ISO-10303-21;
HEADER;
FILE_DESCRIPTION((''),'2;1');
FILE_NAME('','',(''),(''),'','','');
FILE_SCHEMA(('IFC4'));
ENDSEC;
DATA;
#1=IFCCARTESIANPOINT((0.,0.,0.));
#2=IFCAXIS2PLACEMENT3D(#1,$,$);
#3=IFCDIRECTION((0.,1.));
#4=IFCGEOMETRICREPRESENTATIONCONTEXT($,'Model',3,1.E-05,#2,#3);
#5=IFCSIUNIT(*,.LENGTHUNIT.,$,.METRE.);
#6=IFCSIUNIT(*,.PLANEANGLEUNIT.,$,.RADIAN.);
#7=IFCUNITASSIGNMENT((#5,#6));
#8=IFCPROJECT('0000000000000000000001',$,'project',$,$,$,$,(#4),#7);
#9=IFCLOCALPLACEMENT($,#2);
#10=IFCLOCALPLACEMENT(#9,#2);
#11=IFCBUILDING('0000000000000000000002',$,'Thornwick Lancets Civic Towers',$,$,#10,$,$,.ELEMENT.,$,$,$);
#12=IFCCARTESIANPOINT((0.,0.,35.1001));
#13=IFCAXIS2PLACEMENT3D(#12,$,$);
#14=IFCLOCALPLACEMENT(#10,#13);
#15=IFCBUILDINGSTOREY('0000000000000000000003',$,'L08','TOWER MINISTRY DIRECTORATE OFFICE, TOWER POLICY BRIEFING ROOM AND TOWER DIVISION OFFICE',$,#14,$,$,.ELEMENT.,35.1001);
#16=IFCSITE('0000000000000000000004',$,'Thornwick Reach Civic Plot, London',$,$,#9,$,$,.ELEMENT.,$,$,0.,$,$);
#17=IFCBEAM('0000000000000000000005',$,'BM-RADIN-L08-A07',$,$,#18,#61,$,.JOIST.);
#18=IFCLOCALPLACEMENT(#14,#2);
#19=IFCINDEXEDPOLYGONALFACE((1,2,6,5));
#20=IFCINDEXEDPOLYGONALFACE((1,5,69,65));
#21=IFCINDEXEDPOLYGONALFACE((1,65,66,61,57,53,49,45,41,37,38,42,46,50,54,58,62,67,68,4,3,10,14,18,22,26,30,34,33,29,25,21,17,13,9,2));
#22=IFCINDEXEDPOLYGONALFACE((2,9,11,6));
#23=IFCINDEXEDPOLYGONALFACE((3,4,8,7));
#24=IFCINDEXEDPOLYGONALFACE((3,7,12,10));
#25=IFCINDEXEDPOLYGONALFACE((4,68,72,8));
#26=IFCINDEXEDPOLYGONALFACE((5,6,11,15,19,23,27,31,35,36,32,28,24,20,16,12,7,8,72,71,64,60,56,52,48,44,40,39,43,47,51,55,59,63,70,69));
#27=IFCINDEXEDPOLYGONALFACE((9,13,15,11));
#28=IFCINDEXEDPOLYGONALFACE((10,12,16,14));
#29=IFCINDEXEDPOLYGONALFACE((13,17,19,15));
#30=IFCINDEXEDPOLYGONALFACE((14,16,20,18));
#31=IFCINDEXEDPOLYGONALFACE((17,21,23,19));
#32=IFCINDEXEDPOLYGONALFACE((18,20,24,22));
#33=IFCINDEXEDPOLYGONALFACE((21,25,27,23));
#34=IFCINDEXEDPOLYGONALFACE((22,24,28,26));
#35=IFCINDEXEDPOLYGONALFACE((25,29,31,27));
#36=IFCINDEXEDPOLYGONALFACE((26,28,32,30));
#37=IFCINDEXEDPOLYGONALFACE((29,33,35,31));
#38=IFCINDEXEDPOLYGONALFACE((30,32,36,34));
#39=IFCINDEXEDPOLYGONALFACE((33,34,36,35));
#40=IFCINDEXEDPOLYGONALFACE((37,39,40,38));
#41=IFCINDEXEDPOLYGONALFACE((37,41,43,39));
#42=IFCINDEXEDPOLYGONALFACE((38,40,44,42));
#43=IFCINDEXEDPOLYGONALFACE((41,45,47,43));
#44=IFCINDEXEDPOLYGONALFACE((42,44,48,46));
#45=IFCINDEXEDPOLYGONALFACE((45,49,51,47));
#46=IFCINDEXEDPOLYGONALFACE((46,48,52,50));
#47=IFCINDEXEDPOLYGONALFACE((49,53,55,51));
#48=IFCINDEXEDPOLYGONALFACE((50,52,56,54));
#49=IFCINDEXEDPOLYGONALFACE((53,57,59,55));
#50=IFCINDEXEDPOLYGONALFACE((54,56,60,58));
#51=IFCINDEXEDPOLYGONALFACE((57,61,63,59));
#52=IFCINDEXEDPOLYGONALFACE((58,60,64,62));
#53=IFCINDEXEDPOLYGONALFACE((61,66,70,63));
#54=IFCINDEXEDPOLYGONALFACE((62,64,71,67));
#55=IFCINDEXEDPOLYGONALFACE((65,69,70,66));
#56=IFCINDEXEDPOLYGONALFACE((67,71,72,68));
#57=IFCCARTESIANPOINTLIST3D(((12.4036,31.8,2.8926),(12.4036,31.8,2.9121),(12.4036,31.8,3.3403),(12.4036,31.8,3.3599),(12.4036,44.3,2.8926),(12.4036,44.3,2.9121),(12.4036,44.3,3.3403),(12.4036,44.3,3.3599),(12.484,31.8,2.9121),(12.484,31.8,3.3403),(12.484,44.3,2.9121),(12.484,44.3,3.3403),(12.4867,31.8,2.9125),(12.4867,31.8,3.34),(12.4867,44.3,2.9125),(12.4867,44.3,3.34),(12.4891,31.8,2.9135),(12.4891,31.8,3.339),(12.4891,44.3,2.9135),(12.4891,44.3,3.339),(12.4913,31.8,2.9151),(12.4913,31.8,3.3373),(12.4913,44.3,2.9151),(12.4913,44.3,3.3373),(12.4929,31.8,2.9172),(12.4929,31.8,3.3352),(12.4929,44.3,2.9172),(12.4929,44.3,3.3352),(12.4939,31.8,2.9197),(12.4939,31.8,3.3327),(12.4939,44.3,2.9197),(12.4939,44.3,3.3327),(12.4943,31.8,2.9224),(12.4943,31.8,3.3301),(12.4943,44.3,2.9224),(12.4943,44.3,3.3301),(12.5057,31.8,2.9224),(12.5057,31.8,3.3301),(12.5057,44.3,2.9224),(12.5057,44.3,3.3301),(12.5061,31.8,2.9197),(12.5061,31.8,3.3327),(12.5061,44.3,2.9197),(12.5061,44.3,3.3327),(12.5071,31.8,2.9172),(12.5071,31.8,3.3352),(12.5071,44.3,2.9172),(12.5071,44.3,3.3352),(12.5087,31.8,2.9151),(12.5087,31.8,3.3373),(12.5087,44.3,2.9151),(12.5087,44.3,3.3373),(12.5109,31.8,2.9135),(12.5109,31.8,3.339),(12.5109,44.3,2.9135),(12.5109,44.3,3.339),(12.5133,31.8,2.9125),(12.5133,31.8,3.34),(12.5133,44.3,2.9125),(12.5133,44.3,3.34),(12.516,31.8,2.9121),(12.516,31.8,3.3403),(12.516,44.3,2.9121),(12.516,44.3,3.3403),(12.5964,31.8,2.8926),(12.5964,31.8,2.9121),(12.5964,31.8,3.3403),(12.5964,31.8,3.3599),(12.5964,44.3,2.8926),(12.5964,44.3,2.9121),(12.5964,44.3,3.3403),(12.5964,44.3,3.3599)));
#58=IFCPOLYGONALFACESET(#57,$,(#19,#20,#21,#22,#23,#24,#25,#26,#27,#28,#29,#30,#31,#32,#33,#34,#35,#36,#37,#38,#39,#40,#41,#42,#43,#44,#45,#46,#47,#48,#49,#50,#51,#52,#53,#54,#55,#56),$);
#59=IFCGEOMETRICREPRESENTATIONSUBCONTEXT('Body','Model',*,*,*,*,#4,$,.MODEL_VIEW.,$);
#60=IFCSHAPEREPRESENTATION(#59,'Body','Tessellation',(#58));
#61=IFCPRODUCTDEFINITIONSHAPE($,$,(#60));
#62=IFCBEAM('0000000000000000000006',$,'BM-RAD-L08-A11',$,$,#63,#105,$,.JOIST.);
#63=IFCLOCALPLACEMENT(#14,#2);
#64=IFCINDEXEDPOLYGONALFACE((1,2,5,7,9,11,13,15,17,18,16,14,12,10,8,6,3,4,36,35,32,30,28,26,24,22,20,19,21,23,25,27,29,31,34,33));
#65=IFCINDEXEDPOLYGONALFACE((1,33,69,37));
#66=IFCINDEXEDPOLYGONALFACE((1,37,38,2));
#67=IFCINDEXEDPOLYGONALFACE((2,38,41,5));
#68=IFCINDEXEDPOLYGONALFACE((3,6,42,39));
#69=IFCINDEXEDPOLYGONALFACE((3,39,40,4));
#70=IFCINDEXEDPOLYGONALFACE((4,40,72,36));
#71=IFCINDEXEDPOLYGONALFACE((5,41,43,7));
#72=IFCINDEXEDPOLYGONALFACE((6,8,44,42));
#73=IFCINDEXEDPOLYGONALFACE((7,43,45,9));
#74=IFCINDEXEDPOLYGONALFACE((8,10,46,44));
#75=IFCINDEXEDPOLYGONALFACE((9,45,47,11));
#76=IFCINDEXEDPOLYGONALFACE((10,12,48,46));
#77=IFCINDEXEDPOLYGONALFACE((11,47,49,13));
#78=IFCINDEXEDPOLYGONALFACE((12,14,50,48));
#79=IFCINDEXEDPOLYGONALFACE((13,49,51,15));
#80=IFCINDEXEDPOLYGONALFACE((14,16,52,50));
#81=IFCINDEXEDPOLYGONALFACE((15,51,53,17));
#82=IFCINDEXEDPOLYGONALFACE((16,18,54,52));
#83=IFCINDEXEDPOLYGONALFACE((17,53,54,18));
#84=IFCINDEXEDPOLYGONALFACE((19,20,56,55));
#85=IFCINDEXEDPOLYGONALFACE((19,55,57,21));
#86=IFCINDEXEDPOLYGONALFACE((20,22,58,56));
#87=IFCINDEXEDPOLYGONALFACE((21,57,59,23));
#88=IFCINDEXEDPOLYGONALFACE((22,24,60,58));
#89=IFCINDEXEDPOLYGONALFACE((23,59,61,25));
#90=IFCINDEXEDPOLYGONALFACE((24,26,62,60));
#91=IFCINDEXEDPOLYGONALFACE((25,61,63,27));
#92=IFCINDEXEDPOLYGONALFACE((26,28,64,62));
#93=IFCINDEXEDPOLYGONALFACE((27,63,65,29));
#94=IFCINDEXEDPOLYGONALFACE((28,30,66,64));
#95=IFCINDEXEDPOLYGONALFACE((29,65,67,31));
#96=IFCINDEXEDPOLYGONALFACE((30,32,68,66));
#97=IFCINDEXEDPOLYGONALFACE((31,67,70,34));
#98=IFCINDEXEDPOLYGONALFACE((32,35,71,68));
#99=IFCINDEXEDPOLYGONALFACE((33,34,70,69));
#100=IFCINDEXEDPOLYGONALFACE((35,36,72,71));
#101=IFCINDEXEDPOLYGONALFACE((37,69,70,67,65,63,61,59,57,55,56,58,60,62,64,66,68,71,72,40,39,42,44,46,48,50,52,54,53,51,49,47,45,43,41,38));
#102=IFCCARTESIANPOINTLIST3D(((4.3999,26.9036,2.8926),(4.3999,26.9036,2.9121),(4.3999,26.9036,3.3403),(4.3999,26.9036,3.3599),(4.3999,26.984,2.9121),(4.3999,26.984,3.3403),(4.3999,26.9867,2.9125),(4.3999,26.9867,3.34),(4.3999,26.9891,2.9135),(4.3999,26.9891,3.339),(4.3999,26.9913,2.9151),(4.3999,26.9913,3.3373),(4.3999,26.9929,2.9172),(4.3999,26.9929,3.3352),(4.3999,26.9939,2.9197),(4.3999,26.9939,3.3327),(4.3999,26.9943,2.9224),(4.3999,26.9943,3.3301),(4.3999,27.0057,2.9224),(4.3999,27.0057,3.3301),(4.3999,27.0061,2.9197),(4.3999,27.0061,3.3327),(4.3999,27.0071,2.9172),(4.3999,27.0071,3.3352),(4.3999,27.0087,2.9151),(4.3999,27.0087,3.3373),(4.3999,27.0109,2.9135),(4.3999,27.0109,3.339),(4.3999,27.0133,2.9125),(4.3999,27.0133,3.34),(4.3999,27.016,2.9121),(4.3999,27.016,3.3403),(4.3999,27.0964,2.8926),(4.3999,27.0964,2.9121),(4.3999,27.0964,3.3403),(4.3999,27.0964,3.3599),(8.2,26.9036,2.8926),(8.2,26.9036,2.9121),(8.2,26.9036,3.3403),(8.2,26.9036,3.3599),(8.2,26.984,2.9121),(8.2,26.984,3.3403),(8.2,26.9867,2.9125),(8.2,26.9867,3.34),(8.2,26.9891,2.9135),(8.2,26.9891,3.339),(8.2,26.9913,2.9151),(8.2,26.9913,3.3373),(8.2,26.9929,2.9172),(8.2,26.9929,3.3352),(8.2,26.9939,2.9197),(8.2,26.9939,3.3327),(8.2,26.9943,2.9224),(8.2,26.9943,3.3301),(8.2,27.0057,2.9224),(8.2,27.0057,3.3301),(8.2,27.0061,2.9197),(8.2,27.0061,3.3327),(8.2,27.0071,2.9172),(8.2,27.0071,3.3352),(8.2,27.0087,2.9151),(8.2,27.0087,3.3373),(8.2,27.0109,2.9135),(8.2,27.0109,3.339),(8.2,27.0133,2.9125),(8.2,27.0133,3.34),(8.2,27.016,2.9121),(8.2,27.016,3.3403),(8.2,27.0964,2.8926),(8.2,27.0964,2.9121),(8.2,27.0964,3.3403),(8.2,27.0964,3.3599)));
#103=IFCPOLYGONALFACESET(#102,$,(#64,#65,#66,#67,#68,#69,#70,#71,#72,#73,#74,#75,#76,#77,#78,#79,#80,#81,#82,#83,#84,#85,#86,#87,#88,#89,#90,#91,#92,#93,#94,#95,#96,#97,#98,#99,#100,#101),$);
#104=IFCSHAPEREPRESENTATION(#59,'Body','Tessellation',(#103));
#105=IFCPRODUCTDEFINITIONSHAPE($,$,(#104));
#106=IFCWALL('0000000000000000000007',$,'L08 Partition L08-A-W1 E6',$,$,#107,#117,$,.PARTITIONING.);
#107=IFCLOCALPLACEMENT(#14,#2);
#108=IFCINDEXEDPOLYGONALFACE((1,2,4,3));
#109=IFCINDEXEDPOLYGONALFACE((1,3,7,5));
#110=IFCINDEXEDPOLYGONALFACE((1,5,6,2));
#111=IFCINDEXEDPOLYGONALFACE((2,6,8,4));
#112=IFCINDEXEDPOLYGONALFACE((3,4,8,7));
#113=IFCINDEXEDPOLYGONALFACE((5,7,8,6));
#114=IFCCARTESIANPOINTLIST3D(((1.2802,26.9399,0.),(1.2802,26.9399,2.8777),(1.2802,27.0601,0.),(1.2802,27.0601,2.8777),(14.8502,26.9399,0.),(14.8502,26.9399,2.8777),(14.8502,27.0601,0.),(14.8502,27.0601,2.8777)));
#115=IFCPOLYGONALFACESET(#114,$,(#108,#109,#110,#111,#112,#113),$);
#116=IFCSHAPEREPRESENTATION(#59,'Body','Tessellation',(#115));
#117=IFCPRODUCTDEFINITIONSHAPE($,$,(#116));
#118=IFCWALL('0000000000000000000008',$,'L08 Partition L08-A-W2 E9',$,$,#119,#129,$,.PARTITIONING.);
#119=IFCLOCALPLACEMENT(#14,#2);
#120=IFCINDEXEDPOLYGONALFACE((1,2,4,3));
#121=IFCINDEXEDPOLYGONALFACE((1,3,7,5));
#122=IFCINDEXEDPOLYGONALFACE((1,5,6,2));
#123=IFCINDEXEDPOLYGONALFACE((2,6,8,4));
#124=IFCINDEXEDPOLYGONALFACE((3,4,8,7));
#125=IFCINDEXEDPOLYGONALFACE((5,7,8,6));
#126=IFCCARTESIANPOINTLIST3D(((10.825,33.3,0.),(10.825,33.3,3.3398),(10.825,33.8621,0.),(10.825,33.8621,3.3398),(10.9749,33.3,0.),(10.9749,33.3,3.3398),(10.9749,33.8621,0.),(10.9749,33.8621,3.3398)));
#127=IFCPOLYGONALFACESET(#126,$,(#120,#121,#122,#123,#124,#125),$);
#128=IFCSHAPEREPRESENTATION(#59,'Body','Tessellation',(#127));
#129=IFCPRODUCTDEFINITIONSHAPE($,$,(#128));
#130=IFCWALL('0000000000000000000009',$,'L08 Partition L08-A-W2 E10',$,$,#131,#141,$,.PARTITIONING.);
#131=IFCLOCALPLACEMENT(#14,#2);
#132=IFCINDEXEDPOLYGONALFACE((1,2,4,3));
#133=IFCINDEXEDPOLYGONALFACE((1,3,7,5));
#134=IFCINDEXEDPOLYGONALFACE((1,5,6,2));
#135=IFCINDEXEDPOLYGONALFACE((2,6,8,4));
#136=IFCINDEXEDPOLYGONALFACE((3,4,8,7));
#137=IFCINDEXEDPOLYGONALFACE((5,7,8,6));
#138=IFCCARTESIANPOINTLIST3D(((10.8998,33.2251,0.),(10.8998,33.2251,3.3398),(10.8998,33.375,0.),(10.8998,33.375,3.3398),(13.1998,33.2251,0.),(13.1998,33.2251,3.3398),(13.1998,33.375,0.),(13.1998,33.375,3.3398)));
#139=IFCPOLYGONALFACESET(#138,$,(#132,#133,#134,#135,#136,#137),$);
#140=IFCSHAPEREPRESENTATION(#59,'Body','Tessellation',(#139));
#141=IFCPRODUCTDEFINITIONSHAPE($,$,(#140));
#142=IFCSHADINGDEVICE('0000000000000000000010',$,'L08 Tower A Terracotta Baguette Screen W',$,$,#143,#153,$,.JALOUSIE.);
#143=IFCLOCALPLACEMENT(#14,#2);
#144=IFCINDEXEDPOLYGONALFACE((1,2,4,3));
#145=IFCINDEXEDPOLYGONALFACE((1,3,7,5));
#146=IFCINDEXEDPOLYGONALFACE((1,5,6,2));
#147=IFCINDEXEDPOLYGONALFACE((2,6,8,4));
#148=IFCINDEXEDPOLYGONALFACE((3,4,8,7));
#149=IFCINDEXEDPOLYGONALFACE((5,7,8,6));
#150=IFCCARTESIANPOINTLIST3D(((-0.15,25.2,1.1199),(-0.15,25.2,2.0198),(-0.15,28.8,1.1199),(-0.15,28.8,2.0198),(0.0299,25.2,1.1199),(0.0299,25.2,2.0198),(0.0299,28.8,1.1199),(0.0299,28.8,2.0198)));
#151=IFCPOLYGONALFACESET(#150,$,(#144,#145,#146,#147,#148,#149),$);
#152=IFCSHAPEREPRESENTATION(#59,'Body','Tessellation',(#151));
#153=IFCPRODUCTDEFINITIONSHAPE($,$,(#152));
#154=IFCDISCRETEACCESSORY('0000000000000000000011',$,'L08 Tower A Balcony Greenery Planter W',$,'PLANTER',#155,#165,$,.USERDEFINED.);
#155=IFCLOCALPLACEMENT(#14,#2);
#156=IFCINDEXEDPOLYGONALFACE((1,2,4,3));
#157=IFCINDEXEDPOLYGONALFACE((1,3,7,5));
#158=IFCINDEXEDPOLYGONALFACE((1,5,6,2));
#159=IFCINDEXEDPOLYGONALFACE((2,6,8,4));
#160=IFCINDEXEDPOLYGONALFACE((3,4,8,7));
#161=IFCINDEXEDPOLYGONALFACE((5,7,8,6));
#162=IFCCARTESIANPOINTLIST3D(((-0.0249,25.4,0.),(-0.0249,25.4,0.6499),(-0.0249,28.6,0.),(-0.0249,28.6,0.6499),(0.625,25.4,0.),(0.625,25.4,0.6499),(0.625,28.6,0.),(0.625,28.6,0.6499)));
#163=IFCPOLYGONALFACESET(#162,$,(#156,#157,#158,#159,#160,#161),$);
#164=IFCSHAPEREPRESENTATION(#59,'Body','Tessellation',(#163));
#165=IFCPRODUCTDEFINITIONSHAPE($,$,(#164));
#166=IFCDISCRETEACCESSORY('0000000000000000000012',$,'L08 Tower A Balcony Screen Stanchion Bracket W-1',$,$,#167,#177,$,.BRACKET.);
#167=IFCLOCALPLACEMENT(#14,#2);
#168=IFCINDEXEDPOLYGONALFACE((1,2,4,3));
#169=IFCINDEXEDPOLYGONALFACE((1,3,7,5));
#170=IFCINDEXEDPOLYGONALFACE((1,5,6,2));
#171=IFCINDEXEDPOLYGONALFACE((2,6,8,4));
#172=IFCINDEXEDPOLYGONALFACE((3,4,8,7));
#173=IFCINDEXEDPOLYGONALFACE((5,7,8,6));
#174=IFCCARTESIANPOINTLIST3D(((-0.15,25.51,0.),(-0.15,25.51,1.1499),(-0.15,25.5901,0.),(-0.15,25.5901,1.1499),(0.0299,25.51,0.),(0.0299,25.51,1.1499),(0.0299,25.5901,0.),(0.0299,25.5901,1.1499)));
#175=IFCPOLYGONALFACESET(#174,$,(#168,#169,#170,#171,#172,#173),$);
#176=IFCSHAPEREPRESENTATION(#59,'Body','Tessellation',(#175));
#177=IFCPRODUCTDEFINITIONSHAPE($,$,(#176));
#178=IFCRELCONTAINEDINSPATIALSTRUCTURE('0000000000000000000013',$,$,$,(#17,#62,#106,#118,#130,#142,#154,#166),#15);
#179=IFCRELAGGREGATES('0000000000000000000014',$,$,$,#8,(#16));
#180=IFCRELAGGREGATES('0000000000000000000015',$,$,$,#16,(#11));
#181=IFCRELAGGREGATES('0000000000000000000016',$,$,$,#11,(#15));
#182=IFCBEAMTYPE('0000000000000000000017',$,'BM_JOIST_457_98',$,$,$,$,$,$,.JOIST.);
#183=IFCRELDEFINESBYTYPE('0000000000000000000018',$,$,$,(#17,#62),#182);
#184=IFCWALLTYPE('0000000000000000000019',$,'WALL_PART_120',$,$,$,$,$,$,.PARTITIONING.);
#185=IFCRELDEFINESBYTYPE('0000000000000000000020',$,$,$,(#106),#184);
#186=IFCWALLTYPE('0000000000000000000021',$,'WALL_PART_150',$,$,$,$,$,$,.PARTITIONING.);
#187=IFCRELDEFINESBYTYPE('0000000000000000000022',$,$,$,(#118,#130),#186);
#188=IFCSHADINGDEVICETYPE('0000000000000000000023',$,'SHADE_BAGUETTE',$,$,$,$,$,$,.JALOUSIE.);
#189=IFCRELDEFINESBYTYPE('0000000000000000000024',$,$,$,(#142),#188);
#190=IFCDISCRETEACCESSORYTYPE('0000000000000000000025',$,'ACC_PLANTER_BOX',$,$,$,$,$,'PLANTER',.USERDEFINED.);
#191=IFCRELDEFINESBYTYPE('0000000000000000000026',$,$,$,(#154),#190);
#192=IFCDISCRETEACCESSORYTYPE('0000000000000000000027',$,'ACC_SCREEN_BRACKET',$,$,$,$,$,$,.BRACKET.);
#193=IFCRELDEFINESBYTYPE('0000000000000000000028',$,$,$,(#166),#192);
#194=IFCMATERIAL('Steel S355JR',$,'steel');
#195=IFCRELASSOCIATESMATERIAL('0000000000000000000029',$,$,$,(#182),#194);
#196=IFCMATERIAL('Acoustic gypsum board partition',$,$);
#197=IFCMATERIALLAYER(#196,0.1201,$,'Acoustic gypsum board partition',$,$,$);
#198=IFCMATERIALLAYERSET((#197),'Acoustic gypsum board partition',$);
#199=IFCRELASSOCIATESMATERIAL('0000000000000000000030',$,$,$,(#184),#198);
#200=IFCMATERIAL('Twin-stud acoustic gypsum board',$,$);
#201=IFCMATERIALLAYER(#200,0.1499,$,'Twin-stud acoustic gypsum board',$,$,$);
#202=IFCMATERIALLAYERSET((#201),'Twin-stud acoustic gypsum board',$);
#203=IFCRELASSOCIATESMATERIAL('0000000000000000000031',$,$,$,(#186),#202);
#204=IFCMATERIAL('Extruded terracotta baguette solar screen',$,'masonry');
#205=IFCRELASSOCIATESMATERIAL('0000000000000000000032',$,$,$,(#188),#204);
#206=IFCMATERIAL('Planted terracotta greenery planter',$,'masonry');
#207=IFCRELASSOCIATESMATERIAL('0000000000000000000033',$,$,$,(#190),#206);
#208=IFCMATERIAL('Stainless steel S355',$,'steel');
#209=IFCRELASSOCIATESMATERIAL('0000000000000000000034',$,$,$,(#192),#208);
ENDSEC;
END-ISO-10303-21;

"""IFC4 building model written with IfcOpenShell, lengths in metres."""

from ifc_helpers import new_model, si_unit, direction, frame, frame_2d, origin, origin_2d, place, context, subcontext, project, spatial, rectangle, i_section, extrude, material, layer, layer_set, material_profile, profile_set, type_object, element, save


model = new_model("IFC4")

# Units and contexts
model_context = context("Model", 3, precision=1e-05, world=origin(), true_north=direction((0.0, 1.0)))
body_context = subcontext(model_context, "Body", "Model", "MODEL_VIEW")
ifc_project = project(units=[si_unit("LENGTHUNIT", "METRE"), si_unit("PLANEANGLEUNIT", "RADIAN")], contexts=[model_context])

# Site, building, storey
site_placement = place(None, origin())
site = spatial("IfcSite", under=ifc_project, at=site_placement, Name="Thornwick Reach Civic Plot, London", CompositionType="ELEMENT", RefElevation=0.0)
building_placement = place(site_placement, origin())
building = spatial("IfcBuilding", under=site, at=building_placement, Name="Thornwick Lancets Civic Towers", CompositionType="ELEMENT")
storey_placement = place(building_placement, frame((0.0, 0.0, 35.1001)))
storey = spatial("IfcBuildingStorey", under=building, at=storey_placement, Name="L08", Description="TOWER MINISTRY DIRECTORATE OFFICE, TOWER POLICY BRIEFING ROOM AND TOWER DIVISION OFFICE", CompositionType="ELEMENT", Elevation=35.1001)

# Beams
ifc_material_1 = material(Name="Steel S355JR", Category="steel")
ifc_material_profile_1 = material_profile(ifc_material_1, i_section(OverallWidth=0.1929, OverallDepth=0.4673, WebThickness=0.0115, FlangeThickness=0.0195, FilletRadius=0.0103, at=origin_2d()), Name="UKB 457x191x98")
ifc_profile_set_1 = profile_set([ifc_material_profile_1], Name="Steel S355JR")
beam_type_1 = type_object("IfcBeamType", Name="BM_JOIST_457_98", PredefinedType="JOIST", material=ifc_profile_set_1)
beam_1_placement = place(storey_placement, frame((12.5, 31.8, 3.1262), z_axis=(0.0, 1.0, 0.0), x_axis=(-1.0, 0.0, 0.0)))
element("IfcBeam", 1, at=beam_1_placement, inside=storey, type_object=beam_type_1, Name="BM-RADIN-L08-A07", PredefinedType="JOIST", context=body_context, shape_type="SweptSolid", body=[
    extrude(i_section(OverallWidth=0.1929, OverallDepth=0.4673, WebThickness=0.0115, FlangeThickness=0.0195, FilletRadius=0.0103, at=origin_2d()), origin(), (0.0, 0.0, 1.0), 12.5),
])
beam_2_placement = place(storey_placement, frame((8.2, 27.0, 3.1262), z_axis=(-1.0, 0.0, 0.0), x_axis=(0.0, -1.0, 0.0)))
element("IfcBeam", 2, at=beam_2_placement, inside=storey, type_object=beam_type_1, Name="BM-RAD-L08-A11", PredefinedType="JOIST", context=body_context, shape_type="SweptSolid", body=[
    extrude(i_section(OverallWidth=0.1929, OverallDepth=0.4673, WebThickness=0.0115, FlangeThickness=0.0195, FilletRadius=0.0103, at=origin_2d()), origin(), (0.0, 0.0, 1.0), 3.8),
])

# Walls
ifc_material_2 = material(Name="Acoustic gypsum board partition")
ifc_layer_1 = layer(ifc_material_2, 0.1201, Name="Acoustic gypsum board partition")
ifc_layer_set_1 = layer_set([ifc_layer_1], Name="Acoustic gypsum board partition")
wall_type_1 = type_object("IfcWallType", Name="WALL_PART_120", PredefinedType="PARTITIONING", material=ifc_layer_set_1)
wall_1_placement = place(storey_placement, frame((1.28, 27.0, 0.0), z_axis=(0.0, 0.0, 1.0), x_axis=(1.0, 0.0, 0.0)))
element("IfcWall", 3, at=wall_1_placement, inside=storey, type_object=wall_type_1, Name="L08 Partition L08-A-W1 E6", PredefinedType="PARTITIONING", context=body_context, shape_type="SweptSolid", body=[
    extrude(rectangle(XDim=13.5701, YDim=0.1201, at=frame_2d((6.7852, 0.0))), origin(), (0.0, 0.0, 1.0), 2.8777),
])
ifc_material_3 = material(Name="Twin-stud acoustic gypsum board")
ifc_layer_2 = layer(ifc_material_3, 0.1499, Name="Twin-stud acoustic gypsum board")
ifc_layer_set_2 = layer_set([ifc_layer_2], Name="Twin-stud acoustic gypsum board")
wall_type_2 = type_object("IfcWallType", Name="WALL_PART_150", PredefinedType="PARTITIONING", material=ifc_layer_set_2)
wall_2_placement = place(storey_placement, frame((10.8999, 33.8621, 0.0), z_axis=(0.0, 0.0, 1.0), x_axis=(0.0, -1.0, 0.0)))
element("IfcWall", 4, at=wall_2_placement, inside=storey, type_object=wall_type_2, Name="L08 Partition L08-A-W2 E9", PredefinedType="PARTITIONING", context=body_context, shape_type="SweptSolid", body=[
    extrude(rectangle(XDim=0.562, YDim=0.1499, at=frame_2d((0.281, 0.0))), origin(), (0.0, 0.0, 1.0), 3.3398),
])
wall_3_placement = place(storey_placement, frame((10.8999, 33.3, 0.0), z_axis=(0.0, 0.0, 1.0), x_axis=(1.0, 0.0, 0.0)))
element("IfcWall", 5, at=wall_3_placement, inside=storey, type_object=wall_type_2, Name="L08 Partition L08-A-W2 E10", PredefinedType="PARTITIONING", context=body_context, shape_type="SweptSolid", body=[
    extrude(rectangle(XDim=2.3, YDim=0.1499, at=frame_2d((1.1499, 0.0))), origin(), (0.0, 0.0, 1.0), 3.3398),
])

# Shading device
ifc_material_4 = material(Name="Extruded terracotta baguette solar screen", Category="masonry")
shading_device_type = type_object("IfcShadingDeviceType", Name="SHADE_BAGUETTE", PredefinedType="JALOUSIE", material=ifc_material_4)
shading_device_placement = place(storey_placement, frame((-0.0601, 27.0, 1.1199), z_axis=(0.0, 0.0, 1.0), x_axis=(0.0, 1.0, 0.0)))
element("IfcShadingDevice", 6, at=shading_device_placement, inside=storey, type_object=shading_device_type, Name="L08 Tower A Terracotta Baguette Screen W", PredefinedType="JALOUSIE", context=body_context, shape_type="SweptSolid", body=[
    extrude(rectangle(XDim=3.6001, YDim=0.1799, at=origin_2d()), origin(), (0.0, 0.0, 1.0), 0.8999),
])

# Discrete accessories
ifc_material_5 = material(Name="Planted terracotta greenery planter", Category="masonry")
discrete_accessory_type_1 = type_object("IfcDiscreteAccessoryType", Name="ACC_PLANTER_BOX", ElementType="PLANTER", PredefinedType="USERDEFINED", material=ifc_material_5)
discrete_accessory_1_placement = place(storey_placement, frame((0.3, 27.0, 0.0), z_axis=(0.0, 0.0, 1.0), x_axis=(1.0, 0.0, 0.0)))
element("IfcDiscreteAccessory", 7, at=discrete_accessory_1_placement, inside=storey, type_object=discrete_accessory_type_1, Name="L08 Tower A Balcony Greenery Planter W", ObjectType="PLANTER", PredefinedType="USERDEFINED", context=body_context, shape_type="SweptSolid", body=[
    extrude(rectangle(XDim=0.6499, YDim=3.2, at=origin_2d()), origin(), (0.0, 0.0, 1.0), 0.6499),
])
ifc_material_6 = material(Name="Stainless steel S355", Category="steel")
discrete_accessory_type_2 = type_object("IfcDiscreteAccessoryType", Name="ACC_SCREEN_BRACKET", PredefinedType="BRACKET", material=ifc_material_6)
discrete_accessory_2_placement = place(storey_placement, frame((-0.0601, 25.55, 0.0), z_axis=(0.0, 0.0, 1.0), x_axis=(0.0, 1.0, 0.0)))
element("IfcDiscreteAccessory", 8, at=discrete_accessory_2_placement, inside=storey, type_object=discrete_accessory_type_2, Name="L08 Tower A Balcony Screen Stanchion Bracket W-1", PredefinedType="BRACKET", context=body_context, shape_type="SweptSolid", body=[
    extrude(rectangle(XDim=0.0801, YDim=0.1799, at=origin_2d()), origin(), (0.0, 0.0, 1.0), 1.1499),
])

save(model, "model.ifc")
